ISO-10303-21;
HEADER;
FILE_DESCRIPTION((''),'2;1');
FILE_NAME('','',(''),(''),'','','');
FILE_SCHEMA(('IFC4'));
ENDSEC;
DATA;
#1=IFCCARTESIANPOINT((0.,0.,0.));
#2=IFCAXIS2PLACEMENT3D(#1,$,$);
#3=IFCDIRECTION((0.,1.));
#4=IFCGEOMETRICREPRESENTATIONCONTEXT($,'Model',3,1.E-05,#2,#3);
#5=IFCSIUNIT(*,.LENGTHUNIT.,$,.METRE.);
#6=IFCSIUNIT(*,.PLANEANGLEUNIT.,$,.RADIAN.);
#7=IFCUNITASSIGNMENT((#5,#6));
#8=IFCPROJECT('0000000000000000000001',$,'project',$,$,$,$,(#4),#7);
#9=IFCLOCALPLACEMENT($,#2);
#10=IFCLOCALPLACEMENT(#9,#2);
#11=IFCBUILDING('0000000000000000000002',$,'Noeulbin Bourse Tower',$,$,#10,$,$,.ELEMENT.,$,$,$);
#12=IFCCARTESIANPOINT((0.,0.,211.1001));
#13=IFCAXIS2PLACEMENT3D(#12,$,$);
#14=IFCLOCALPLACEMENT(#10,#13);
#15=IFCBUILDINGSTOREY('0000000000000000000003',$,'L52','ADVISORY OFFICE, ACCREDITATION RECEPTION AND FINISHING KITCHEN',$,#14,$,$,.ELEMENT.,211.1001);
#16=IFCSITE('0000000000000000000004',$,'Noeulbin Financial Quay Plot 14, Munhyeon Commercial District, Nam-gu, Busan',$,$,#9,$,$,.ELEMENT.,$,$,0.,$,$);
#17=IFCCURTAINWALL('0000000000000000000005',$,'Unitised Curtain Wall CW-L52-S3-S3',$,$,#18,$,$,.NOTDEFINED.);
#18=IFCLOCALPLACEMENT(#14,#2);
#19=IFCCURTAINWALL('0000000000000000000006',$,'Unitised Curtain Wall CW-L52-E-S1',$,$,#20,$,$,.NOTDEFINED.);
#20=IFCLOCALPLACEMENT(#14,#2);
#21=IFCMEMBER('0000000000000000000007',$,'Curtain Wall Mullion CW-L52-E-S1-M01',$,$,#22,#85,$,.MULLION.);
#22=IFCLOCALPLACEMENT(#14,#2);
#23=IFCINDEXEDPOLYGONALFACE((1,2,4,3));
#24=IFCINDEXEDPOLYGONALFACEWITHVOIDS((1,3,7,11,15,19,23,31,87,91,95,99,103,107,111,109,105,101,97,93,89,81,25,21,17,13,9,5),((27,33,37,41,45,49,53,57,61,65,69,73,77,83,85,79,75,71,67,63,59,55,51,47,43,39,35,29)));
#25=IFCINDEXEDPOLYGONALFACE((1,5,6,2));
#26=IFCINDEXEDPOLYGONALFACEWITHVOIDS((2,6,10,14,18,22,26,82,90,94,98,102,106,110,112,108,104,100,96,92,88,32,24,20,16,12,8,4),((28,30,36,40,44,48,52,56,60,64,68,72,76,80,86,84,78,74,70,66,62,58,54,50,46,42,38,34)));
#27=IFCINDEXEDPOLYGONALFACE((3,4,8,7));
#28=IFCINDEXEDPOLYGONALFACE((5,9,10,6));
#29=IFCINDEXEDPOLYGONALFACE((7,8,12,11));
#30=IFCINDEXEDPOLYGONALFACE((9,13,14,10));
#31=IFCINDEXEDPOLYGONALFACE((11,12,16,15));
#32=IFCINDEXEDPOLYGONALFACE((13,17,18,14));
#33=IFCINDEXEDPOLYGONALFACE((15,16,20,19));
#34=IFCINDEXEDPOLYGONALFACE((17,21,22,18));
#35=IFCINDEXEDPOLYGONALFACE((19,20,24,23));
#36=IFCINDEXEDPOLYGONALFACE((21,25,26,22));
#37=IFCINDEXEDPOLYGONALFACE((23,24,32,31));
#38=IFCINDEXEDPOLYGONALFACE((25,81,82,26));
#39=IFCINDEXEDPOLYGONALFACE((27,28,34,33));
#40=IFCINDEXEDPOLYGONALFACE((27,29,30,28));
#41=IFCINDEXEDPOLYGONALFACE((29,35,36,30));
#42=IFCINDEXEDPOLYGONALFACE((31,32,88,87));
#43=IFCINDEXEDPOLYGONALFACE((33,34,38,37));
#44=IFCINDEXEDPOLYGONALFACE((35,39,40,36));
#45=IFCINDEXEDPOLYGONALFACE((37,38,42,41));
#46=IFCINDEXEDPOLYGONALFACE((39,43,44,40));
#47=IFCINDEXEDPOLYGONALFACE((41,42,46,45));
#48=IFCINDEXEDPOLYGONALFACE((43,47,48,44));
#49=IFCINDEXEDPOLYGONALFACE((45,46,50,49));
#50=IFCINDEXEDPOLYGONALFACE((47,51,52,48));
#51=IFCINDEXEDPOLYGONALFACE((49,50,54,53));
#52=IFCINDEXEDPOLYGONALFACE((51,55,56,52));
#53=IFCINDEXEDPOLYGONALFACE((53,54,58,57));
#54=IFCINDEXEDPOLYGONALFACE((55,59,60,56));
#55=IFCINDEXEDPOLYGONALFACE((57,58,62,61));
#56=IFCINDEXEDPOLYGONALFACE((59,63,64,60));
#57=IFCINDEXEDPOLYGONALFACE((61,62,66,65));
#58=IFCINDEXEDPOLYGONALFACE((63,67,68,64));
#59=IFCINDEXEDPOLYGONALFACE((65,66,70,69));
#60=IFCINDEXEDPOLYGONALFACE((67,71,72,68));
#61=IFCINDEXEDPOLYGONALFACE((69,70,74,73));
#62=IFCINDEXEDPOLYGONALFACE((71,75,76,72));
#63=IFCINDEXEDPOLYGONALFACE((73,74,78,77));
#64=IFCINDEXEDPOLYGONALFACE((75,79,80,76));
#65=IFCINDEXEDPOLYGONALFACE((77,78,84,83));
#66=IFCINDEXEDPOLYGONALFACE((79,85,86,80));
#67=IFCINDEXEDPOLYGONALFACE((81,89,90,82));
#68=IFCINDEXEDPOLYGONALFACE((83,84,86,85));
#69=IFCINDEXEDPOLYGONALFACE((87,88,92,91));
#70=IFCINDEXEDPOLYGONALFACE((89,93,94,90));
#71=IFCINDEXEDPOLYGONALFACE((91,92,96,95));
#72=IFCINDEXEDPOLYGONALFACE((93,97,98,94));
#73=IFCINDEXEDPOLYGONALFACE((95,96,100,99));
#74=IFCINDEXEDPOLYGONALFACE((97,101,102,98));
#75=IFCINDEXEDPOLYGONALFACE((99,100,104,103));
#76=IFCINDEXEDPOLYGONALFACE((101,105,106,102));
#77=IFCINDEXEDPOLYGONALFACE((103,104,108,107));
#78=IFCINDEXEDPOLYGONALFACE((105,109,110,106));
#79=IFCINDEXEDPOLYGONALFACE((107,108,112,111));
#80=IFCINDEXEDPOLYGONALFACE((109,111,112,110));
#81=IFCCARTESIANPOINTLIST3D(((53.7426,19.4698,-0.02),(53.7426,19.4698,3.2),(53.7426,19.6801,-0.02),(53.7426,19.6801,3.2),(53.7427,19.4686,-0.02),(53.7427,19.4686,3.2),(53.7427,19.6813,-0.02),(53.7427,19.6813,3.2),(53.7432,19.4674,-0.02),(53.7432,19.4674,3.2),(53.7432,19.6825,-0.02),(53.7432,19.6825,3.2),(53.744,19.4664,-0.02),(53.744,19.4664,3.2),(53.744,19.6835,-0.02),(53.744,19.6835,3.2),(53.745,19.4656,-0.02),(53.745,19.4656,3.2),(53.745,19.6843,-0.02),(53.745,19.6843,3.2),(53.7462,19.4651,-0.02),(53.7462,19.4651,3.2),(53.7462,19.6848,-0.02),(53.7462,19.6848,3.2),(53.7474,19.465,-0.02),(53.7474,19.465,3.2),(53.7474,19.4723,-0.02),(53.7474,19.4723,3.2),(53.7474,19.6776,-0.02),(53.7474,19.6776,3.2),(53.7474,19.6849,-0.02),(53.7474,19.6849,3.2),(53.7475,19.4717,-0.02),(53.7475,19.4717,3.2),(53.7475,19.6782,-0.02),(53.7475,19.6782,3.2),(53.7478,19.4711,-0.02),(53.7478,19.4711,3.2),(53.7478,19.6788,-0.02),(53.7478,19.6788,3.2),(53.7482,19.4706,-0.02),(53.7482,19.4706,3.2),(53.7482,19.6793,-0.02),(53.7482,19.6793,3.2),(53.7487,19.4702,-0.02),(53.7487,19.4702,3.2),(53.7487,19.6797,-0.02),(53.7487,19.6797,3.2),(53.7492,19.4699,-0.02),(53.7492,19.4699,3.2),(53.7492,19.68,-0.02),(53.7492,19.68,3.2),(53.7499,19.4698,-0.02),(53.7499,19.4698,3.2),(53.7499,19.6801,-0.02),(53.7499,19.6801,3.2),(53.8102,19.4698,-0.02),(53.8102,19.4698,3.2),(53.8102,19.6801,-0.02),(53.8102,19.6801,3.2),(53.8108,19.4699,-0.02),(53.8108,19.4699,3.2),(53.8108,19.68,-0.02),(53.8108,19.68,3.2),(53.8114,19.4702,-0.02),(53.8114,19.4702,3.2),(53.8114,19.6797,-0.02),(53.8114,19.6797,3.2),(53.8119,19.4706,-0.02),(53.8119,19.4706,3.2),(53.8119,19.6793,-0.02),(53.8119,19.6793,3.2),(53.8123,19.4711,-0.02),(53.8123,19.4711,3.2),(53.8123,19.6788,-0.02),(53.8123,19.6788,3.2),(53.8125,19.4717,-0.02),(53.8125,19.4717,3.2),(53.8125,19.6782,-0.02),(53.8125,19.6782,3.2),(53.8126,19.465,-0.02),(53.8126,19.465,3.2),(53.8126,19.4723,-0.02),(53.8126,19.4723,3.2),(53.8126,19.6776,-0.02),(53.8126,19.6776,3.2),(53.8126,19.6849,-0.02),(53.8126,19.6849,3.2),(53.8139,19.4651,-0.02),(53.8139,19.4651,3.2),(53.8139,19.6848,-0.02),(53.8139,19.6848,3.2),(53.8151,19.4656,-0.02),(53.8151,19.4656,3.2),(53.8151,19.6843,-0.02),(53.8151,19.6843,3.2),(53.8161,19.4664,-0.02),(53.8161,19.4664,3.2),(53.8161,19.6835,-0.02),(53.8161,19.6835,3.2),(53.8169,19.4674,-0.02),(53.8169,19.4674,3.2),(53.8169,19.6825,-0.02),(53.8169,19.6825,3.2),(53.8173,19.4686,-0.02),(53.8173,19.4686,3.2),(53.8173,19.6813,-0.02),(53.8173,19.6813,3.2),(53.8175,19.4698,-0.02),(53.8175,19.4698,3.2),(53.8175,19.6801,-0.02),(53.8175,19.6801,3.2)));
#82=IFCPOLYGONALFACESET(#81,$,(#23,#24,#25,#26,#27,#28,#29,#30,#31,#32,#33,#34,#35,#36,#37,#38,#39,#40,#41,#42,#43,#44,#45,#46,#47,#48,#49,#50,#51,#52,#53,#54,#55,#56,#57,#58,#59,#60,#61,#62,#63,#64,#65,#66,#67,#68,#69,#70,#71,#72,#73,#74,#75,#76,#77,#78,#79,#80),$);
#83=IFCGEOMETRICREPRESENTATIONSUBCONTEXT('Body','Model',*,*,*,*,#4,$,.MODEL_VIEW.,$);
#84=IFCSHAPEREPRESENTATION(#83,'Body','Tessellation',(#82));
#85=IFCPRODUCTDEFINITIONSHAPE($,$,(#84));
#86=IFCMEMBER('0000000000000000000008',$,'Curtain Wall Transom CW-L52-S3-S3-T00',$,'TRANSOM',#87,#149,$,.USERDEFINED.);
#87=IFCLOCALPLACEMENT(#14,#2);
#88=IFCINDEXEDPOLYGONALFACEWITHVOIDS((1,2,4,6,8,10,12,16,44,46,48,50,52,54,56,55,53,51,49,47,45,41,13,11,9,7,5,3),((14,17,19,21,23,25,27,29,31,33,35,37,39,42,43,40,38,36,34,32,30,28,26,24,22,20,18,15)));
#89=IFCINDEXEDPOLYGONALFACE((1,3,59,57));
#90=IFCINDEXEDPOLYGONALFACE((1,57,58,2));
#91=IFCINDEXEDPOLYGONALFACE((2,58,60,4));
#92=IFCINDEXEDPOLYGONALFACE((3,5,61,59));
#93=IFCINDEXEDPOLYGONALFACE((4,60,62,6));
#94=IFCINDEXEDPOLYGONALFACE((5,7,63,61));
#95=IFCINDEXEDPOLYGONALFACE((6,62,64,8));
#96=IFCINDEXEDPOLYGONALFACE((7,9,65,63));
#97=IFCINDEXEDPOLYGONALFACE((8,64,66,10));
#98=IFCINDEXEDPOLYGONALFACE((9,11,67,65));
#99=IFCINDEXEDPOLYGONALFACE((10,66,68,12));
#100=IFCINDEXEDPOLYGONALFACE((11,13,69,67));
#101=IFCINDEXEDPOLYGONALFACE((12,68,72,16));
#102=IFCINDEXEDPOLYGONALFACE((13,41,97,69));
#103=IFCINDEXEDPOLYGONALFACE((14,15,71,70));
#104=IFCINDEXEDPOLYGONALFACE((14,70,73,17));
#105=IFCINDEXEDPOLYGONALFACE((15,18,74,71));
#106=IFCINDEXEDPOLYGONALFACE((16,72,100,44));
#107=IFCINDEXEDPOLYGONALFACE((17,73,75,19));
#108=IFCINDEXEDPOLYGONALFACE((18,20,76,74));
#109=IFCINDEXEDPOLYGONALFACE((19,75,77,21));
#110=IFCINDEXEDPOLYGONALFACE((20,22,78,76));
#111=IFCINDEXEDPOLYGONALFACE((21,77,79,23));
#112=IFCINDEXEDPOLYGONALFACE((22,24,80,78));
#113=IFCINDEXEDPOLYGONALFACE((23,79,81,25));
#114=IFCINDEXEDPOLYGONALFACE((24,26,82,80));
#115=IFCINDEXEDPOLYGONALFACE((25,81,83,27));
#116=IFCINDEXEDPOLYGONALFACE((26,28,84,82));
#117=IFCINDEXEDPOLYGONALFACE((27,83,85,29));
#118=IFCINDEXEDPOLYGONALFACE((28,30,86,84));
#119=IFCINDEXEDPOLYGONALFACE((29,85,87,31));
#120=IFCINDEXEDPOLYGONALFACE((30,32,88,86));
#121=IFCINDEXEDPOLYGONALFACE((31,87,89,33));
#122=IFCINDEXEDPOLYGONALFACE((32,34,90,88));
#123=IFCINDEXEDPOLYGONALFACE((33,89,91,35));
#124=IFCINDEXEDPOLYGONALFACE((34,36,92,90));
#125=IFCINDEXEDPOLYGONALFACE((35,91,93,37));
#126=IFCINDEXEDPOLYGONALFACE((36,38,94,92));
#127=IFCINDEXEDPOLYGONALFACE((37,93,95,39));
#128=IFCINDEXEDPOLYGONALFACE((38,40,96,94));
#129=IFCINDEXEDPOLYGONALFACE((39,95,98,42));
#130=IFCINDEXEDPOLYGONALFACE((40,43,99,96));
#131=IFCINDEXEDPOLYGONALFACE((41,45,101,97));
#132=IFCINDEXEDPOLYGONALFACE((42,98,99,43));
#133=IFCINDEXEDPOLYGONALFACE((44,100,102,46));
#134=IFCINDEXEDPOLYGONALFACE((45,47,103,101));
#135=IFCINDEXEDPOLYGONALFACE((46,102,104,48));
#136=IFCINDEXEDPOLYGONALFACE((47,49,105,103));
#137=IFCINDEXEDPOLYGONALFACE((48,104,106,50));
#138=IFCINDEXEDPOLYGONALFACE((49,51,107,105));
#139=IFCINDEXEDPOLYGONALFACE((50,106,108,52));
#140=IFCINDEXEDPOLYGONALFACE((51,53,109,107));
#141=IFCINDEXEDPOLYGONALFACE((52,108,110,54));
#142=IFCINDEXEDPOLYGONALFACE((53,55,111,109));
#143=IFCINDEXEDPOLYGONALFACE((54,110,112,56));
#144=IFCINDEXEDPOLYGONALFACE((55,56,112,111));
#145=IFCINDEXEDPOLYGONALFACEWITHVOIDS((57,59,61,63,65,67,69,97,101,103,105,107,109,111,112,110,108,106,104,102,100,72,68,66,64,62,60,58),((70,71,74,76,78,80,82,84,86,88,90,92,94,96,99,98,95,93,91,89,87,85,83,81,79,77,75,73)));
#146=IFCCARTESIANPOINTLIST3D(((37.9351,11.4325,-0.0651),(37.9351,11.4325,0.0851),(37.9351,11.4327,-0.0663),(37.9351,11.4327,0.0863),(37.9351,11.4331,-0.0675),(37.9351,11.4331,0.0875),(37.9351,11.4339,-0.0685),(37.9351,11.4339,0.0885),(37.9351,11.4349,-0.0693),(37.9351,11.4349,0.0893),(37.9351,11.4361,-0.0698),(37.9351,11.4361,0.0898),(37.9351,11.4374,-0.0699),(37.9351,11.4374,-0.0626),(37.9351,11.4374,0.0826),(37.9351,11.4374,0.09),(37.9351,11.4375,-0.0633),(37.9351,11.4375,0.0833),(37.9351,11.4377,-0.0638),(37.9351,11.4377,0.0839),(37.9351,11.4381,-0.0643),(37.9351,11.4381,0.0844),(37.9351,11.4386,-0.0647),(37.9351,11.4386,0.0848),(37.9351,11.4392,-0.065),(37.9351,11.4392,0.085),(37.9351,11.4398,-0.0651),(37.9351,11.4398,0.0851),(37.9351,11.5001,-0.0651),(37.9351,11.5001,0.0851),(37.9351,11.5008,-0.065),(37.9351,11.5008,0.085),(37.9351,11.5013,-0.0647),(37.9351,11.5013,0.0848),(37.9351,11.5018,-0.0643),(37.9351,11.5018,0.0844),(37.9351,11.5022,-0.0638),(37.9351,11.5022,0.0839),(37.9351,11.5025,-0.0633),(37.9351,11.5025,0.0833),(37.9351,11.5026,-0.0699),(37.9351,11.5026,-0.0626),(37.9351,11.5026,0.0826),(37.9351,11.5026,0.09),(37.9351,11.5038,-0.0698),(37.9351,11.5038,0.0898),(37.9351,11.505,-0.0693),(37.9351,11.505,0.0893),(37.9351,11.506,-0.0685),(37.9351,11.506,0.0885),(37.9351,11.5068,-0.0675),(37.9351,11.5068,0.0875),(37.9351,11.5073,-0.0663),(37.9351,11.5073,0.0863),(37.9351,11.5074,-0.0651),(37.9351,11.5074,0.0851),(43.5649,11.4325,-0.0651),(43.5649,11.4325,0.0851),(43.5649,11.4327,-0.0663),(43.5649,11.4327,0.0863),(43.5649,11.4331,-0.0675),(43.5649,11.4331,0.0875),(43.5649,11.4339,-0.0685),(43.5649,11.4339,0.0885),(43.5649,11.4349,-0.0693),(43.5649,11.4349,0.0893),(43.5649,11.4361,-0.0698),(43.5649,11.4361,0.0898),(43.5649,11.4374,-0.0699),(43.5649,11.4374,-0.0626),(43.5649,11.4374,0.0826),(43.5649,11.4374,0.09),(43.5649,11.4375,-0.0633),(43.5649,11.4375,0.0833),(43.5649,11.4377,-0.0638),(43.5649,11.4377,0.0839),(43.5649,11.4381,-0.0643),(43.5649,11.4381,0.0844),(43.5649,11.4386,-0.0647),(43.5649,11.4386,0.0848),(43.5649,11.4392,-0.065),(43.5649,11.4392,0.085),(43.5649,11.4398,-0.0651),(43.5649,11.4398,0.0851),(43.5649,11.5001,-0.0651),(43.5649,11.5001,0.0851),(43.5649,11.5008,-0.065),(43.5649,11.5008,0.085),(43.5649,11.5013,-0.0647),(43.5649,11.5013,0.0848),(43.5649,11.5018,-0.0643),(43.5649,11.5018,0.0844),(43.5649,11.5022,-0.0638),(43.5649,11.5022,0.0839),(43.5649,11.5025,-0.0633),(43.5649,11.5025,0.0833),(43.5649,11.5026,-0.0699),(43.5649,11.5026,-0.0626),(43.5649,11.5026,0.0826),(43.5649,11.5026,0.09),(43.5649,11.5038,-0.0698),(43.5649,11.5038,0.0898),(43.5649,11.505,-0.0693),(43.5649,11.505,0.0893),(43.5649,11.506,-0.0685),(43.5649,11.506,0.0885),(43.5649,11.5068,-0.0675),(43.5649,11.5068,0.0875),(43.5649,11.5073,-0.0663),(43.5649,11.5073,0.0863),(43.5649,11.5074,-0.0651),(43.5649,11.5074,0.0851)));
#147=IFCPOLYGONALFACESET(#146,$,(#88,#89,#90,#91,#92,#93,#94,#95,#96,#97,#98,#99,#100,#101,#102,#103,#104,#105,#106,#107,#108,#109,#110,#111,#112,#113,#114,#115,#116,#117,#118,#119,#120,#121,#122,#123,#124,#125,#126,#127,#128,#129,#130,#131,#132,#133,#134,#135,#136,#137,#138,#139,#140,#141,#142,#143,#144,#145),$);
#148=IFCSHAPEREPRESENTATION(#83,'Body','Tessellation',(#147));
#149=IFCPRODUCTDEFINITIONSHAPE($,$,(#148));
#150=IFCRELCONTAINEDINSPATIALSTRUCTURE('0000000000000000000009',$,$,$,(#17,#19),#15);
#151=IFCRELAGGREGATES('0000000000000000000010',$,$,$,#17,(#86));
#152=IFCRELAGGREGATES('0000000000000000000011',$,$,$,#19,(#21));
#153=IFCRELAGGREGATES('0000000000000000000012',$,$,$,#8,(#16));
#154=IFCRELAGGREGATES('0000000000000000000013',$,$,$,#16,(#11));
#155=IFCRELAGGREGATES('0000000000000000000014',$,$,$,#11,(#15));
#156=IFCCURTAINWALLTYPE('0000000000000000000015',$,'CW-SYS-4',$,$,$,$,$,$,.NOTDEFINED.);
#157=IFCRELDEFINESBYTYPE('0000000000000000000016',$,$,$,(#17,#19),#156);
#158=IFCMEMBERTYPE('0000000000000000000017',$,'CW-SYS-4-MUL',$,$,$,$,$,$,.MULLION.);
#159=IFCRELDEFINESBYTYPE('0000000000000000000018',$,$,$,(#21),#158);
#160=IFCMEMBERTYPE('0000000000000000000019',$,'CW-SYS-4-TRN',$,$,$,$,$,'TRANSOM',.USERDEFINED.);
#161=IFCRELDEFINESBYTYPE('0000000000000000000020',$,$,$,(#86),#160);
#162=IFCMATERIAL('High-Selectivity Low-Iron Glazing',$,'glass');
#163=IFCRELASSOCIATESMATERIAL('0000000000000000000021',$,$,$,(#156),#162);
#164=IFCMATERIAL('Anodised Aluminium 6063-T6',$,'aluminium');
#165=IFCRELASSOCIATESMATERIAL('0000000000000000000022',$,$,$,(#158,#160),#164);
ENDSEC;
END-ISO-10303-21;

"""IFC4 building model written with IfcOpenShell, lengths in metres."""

from ifc_helpers import new_model, si_unit, direction, frame, origin, origin_2d, place, context, subcontext, project, spatial, hollow_rectangle, extrude, material, material_profile, profile_set, type_object, element, aggregate, save


model = new_model("IFC4")

# Units and contexts
model_context = context("Model", 3, precision=1e-05, world=origin(), true_north=direction((0.0, 1.0)))
body_context = subcontext(model_context, "Body", "Model", "MODEL_VIEW")
ifc_project = project(units=[si_unit("LENGTHUNIT", "METRE"), si_unit("PLANEANGLEUNIT", "RADIAN")], contexts=[model_context])

# Site, building, storey
site_placement = place(None, origin())
site = spatial("IfcSite", under=ifc_project, at=site_placement, Name="Noeulbin Financial Quay Plot 14, Munhyeon Commercial District, Nam-gu, Busan", CompositionType="ELEMENT", RefElevation=0.0)
building_placement = place(site_placement, origin())
building = spatial("IfcBuilding", under=site, at=building_placement, Name="Noeulbin Bourse Tower", CompositionType="ELEMENT")
storey_placement = place(building_placement, frame((0.0, 0.0, 211.1001)))
storey = spatial("IfcBuildingStorey", under=building, at=storey_placement, Name="L52", Description="ADVISORY OFFICE, ACCREDITATION RECEPTION AND FINISHING KITCHEN", CompositionType="ELEMENT", Elevation=211.1001)

# Curtain walls, member
ifc_material_1 = material(Name="High-Selectivity Low-Iron Glazing", Category="glass")
curtain_wall_type = type_object("IfcCurtainWallType", Name="CW-SYS-4", PredefinedType="NOTDEFINED", material=ifc_material_1)
curtain_wall_1_placement = place(storey_placement, origin())
curtain_wall_1 = element("IfcCurtainWall", 1, at=curtain_wall_1_placement, inside=storey, type_object=curtain_wall_type, Name="Unitised Curtain Wall CW-L52-S3-S3", PredefinedType="NOTDEFINED")
ifc_material_2 = material(Name="Anodised Aluminium 6063-T6", Category="aluminium")
ifc_material_profile_1 = material_profile(ifc_material_2, hollow_rectangle(XDim=0.075, YDim=0.22, WallThickness=0.0049, InnerFilletRadius=0.0024, OuterFilletRadius=0.0049, at=origin_2d()), Name="ALU-MULL-75x220x5", Category="LoadBearing")
ifc_profile_set_1 = profile_set([ifc_material_profile_1], Name="Anodised Aluminium 6063-T6")
member_type_1 = type_object("IfcMemberType", Name="CW-SYS-4-MUL", PredefinedType="MULLION", material=ifc_profile_set_1)
curtain_wall_2_placement = place(storey_placement, origin())
curtain_wall_2 = element("IfcCurtainWall", 2, at=curtain_wall_2_placement, inside=storey, type_object=curtain_wall_type, Name="Unitised Curtain Wall CW-L52-E-S1", PredefinedType="NOTDEFINED")
member_1_placement = place(storey_placement, frame((53.78, 19.575, -0.02), z_axis=(0.0, 0.0, 1.0), x_axis=(1.0, 0.0, 0.0)))
member_1 = element("IfcMember", 3, at=member_1_placement, type_object=member_type_1, Name="Curtain Wall Mullion CW-L52-E-S1-M01", PredefinedType="MULLION", context=body_context, shape_type="SweptSolid", body=[
    extrude(hollow_rectangle(XDim=0.075, YDim=0.22, WallThickness=0.0049, InnerFilletRadius=0.0024, OuterFilletRadius=0.0049, at=origin_2d()), origin(), (0.0, 0.0, 1.0), 3.22),
])

# Member
ifc_material_profile_2 = material_profile(ifc_material_2, hollow_rectangle(XDim=0.075, YDim=0.1599, WallThickness=0.0049, InnerFilletRadius=0.0024, OuterFilletRadius=0.0049, at=origin_2d()), Name="ALU-TRAN-75x160x5", Category="LoadBearing")
ifc_profile_set_2 = profile_set([ifc_material_profile_2], Name="Anodised Aluminium 6063-T6")
member_type_2 = type_object("IfcMemberType", Name="CW-SYS-4-TRN", ElementType="TRANSOM", PredefinedType="USERDEFINED", material=ifc_profile_set_2)
member_2_placement = place(storey_placement, frame((37.9351, 11.47, 0.01), z_axis=(1.0, 0.0, 0.0), x_axis=(0.0, 1.0, 0.0)))
member_2 = element("IfcMember", 4, at=member_2_placement, type_object=member_type_2, Name="Curtain Wall Transom CW-L52-S3-S3-T00", ObjectType="TRANSOM", PredefinedType="USERDEFINED", context=body_context, shape_type="SweptSolid", body=[
    extrude(hollow_rectangle(XDim=0.075, YDim=0.1599, WallThickness=0.0049, InnerFilletRadius=0.0024, OuterFilletRadius=0.0049, at=origin_2d()), origin(), (0.0, 0.0, 1.0), 5.6299),
])

aggregate(curtain_wall_1, [member_2])
aggregate(curtain_wall_2, [member_1])

save(model, "model.ifc")
